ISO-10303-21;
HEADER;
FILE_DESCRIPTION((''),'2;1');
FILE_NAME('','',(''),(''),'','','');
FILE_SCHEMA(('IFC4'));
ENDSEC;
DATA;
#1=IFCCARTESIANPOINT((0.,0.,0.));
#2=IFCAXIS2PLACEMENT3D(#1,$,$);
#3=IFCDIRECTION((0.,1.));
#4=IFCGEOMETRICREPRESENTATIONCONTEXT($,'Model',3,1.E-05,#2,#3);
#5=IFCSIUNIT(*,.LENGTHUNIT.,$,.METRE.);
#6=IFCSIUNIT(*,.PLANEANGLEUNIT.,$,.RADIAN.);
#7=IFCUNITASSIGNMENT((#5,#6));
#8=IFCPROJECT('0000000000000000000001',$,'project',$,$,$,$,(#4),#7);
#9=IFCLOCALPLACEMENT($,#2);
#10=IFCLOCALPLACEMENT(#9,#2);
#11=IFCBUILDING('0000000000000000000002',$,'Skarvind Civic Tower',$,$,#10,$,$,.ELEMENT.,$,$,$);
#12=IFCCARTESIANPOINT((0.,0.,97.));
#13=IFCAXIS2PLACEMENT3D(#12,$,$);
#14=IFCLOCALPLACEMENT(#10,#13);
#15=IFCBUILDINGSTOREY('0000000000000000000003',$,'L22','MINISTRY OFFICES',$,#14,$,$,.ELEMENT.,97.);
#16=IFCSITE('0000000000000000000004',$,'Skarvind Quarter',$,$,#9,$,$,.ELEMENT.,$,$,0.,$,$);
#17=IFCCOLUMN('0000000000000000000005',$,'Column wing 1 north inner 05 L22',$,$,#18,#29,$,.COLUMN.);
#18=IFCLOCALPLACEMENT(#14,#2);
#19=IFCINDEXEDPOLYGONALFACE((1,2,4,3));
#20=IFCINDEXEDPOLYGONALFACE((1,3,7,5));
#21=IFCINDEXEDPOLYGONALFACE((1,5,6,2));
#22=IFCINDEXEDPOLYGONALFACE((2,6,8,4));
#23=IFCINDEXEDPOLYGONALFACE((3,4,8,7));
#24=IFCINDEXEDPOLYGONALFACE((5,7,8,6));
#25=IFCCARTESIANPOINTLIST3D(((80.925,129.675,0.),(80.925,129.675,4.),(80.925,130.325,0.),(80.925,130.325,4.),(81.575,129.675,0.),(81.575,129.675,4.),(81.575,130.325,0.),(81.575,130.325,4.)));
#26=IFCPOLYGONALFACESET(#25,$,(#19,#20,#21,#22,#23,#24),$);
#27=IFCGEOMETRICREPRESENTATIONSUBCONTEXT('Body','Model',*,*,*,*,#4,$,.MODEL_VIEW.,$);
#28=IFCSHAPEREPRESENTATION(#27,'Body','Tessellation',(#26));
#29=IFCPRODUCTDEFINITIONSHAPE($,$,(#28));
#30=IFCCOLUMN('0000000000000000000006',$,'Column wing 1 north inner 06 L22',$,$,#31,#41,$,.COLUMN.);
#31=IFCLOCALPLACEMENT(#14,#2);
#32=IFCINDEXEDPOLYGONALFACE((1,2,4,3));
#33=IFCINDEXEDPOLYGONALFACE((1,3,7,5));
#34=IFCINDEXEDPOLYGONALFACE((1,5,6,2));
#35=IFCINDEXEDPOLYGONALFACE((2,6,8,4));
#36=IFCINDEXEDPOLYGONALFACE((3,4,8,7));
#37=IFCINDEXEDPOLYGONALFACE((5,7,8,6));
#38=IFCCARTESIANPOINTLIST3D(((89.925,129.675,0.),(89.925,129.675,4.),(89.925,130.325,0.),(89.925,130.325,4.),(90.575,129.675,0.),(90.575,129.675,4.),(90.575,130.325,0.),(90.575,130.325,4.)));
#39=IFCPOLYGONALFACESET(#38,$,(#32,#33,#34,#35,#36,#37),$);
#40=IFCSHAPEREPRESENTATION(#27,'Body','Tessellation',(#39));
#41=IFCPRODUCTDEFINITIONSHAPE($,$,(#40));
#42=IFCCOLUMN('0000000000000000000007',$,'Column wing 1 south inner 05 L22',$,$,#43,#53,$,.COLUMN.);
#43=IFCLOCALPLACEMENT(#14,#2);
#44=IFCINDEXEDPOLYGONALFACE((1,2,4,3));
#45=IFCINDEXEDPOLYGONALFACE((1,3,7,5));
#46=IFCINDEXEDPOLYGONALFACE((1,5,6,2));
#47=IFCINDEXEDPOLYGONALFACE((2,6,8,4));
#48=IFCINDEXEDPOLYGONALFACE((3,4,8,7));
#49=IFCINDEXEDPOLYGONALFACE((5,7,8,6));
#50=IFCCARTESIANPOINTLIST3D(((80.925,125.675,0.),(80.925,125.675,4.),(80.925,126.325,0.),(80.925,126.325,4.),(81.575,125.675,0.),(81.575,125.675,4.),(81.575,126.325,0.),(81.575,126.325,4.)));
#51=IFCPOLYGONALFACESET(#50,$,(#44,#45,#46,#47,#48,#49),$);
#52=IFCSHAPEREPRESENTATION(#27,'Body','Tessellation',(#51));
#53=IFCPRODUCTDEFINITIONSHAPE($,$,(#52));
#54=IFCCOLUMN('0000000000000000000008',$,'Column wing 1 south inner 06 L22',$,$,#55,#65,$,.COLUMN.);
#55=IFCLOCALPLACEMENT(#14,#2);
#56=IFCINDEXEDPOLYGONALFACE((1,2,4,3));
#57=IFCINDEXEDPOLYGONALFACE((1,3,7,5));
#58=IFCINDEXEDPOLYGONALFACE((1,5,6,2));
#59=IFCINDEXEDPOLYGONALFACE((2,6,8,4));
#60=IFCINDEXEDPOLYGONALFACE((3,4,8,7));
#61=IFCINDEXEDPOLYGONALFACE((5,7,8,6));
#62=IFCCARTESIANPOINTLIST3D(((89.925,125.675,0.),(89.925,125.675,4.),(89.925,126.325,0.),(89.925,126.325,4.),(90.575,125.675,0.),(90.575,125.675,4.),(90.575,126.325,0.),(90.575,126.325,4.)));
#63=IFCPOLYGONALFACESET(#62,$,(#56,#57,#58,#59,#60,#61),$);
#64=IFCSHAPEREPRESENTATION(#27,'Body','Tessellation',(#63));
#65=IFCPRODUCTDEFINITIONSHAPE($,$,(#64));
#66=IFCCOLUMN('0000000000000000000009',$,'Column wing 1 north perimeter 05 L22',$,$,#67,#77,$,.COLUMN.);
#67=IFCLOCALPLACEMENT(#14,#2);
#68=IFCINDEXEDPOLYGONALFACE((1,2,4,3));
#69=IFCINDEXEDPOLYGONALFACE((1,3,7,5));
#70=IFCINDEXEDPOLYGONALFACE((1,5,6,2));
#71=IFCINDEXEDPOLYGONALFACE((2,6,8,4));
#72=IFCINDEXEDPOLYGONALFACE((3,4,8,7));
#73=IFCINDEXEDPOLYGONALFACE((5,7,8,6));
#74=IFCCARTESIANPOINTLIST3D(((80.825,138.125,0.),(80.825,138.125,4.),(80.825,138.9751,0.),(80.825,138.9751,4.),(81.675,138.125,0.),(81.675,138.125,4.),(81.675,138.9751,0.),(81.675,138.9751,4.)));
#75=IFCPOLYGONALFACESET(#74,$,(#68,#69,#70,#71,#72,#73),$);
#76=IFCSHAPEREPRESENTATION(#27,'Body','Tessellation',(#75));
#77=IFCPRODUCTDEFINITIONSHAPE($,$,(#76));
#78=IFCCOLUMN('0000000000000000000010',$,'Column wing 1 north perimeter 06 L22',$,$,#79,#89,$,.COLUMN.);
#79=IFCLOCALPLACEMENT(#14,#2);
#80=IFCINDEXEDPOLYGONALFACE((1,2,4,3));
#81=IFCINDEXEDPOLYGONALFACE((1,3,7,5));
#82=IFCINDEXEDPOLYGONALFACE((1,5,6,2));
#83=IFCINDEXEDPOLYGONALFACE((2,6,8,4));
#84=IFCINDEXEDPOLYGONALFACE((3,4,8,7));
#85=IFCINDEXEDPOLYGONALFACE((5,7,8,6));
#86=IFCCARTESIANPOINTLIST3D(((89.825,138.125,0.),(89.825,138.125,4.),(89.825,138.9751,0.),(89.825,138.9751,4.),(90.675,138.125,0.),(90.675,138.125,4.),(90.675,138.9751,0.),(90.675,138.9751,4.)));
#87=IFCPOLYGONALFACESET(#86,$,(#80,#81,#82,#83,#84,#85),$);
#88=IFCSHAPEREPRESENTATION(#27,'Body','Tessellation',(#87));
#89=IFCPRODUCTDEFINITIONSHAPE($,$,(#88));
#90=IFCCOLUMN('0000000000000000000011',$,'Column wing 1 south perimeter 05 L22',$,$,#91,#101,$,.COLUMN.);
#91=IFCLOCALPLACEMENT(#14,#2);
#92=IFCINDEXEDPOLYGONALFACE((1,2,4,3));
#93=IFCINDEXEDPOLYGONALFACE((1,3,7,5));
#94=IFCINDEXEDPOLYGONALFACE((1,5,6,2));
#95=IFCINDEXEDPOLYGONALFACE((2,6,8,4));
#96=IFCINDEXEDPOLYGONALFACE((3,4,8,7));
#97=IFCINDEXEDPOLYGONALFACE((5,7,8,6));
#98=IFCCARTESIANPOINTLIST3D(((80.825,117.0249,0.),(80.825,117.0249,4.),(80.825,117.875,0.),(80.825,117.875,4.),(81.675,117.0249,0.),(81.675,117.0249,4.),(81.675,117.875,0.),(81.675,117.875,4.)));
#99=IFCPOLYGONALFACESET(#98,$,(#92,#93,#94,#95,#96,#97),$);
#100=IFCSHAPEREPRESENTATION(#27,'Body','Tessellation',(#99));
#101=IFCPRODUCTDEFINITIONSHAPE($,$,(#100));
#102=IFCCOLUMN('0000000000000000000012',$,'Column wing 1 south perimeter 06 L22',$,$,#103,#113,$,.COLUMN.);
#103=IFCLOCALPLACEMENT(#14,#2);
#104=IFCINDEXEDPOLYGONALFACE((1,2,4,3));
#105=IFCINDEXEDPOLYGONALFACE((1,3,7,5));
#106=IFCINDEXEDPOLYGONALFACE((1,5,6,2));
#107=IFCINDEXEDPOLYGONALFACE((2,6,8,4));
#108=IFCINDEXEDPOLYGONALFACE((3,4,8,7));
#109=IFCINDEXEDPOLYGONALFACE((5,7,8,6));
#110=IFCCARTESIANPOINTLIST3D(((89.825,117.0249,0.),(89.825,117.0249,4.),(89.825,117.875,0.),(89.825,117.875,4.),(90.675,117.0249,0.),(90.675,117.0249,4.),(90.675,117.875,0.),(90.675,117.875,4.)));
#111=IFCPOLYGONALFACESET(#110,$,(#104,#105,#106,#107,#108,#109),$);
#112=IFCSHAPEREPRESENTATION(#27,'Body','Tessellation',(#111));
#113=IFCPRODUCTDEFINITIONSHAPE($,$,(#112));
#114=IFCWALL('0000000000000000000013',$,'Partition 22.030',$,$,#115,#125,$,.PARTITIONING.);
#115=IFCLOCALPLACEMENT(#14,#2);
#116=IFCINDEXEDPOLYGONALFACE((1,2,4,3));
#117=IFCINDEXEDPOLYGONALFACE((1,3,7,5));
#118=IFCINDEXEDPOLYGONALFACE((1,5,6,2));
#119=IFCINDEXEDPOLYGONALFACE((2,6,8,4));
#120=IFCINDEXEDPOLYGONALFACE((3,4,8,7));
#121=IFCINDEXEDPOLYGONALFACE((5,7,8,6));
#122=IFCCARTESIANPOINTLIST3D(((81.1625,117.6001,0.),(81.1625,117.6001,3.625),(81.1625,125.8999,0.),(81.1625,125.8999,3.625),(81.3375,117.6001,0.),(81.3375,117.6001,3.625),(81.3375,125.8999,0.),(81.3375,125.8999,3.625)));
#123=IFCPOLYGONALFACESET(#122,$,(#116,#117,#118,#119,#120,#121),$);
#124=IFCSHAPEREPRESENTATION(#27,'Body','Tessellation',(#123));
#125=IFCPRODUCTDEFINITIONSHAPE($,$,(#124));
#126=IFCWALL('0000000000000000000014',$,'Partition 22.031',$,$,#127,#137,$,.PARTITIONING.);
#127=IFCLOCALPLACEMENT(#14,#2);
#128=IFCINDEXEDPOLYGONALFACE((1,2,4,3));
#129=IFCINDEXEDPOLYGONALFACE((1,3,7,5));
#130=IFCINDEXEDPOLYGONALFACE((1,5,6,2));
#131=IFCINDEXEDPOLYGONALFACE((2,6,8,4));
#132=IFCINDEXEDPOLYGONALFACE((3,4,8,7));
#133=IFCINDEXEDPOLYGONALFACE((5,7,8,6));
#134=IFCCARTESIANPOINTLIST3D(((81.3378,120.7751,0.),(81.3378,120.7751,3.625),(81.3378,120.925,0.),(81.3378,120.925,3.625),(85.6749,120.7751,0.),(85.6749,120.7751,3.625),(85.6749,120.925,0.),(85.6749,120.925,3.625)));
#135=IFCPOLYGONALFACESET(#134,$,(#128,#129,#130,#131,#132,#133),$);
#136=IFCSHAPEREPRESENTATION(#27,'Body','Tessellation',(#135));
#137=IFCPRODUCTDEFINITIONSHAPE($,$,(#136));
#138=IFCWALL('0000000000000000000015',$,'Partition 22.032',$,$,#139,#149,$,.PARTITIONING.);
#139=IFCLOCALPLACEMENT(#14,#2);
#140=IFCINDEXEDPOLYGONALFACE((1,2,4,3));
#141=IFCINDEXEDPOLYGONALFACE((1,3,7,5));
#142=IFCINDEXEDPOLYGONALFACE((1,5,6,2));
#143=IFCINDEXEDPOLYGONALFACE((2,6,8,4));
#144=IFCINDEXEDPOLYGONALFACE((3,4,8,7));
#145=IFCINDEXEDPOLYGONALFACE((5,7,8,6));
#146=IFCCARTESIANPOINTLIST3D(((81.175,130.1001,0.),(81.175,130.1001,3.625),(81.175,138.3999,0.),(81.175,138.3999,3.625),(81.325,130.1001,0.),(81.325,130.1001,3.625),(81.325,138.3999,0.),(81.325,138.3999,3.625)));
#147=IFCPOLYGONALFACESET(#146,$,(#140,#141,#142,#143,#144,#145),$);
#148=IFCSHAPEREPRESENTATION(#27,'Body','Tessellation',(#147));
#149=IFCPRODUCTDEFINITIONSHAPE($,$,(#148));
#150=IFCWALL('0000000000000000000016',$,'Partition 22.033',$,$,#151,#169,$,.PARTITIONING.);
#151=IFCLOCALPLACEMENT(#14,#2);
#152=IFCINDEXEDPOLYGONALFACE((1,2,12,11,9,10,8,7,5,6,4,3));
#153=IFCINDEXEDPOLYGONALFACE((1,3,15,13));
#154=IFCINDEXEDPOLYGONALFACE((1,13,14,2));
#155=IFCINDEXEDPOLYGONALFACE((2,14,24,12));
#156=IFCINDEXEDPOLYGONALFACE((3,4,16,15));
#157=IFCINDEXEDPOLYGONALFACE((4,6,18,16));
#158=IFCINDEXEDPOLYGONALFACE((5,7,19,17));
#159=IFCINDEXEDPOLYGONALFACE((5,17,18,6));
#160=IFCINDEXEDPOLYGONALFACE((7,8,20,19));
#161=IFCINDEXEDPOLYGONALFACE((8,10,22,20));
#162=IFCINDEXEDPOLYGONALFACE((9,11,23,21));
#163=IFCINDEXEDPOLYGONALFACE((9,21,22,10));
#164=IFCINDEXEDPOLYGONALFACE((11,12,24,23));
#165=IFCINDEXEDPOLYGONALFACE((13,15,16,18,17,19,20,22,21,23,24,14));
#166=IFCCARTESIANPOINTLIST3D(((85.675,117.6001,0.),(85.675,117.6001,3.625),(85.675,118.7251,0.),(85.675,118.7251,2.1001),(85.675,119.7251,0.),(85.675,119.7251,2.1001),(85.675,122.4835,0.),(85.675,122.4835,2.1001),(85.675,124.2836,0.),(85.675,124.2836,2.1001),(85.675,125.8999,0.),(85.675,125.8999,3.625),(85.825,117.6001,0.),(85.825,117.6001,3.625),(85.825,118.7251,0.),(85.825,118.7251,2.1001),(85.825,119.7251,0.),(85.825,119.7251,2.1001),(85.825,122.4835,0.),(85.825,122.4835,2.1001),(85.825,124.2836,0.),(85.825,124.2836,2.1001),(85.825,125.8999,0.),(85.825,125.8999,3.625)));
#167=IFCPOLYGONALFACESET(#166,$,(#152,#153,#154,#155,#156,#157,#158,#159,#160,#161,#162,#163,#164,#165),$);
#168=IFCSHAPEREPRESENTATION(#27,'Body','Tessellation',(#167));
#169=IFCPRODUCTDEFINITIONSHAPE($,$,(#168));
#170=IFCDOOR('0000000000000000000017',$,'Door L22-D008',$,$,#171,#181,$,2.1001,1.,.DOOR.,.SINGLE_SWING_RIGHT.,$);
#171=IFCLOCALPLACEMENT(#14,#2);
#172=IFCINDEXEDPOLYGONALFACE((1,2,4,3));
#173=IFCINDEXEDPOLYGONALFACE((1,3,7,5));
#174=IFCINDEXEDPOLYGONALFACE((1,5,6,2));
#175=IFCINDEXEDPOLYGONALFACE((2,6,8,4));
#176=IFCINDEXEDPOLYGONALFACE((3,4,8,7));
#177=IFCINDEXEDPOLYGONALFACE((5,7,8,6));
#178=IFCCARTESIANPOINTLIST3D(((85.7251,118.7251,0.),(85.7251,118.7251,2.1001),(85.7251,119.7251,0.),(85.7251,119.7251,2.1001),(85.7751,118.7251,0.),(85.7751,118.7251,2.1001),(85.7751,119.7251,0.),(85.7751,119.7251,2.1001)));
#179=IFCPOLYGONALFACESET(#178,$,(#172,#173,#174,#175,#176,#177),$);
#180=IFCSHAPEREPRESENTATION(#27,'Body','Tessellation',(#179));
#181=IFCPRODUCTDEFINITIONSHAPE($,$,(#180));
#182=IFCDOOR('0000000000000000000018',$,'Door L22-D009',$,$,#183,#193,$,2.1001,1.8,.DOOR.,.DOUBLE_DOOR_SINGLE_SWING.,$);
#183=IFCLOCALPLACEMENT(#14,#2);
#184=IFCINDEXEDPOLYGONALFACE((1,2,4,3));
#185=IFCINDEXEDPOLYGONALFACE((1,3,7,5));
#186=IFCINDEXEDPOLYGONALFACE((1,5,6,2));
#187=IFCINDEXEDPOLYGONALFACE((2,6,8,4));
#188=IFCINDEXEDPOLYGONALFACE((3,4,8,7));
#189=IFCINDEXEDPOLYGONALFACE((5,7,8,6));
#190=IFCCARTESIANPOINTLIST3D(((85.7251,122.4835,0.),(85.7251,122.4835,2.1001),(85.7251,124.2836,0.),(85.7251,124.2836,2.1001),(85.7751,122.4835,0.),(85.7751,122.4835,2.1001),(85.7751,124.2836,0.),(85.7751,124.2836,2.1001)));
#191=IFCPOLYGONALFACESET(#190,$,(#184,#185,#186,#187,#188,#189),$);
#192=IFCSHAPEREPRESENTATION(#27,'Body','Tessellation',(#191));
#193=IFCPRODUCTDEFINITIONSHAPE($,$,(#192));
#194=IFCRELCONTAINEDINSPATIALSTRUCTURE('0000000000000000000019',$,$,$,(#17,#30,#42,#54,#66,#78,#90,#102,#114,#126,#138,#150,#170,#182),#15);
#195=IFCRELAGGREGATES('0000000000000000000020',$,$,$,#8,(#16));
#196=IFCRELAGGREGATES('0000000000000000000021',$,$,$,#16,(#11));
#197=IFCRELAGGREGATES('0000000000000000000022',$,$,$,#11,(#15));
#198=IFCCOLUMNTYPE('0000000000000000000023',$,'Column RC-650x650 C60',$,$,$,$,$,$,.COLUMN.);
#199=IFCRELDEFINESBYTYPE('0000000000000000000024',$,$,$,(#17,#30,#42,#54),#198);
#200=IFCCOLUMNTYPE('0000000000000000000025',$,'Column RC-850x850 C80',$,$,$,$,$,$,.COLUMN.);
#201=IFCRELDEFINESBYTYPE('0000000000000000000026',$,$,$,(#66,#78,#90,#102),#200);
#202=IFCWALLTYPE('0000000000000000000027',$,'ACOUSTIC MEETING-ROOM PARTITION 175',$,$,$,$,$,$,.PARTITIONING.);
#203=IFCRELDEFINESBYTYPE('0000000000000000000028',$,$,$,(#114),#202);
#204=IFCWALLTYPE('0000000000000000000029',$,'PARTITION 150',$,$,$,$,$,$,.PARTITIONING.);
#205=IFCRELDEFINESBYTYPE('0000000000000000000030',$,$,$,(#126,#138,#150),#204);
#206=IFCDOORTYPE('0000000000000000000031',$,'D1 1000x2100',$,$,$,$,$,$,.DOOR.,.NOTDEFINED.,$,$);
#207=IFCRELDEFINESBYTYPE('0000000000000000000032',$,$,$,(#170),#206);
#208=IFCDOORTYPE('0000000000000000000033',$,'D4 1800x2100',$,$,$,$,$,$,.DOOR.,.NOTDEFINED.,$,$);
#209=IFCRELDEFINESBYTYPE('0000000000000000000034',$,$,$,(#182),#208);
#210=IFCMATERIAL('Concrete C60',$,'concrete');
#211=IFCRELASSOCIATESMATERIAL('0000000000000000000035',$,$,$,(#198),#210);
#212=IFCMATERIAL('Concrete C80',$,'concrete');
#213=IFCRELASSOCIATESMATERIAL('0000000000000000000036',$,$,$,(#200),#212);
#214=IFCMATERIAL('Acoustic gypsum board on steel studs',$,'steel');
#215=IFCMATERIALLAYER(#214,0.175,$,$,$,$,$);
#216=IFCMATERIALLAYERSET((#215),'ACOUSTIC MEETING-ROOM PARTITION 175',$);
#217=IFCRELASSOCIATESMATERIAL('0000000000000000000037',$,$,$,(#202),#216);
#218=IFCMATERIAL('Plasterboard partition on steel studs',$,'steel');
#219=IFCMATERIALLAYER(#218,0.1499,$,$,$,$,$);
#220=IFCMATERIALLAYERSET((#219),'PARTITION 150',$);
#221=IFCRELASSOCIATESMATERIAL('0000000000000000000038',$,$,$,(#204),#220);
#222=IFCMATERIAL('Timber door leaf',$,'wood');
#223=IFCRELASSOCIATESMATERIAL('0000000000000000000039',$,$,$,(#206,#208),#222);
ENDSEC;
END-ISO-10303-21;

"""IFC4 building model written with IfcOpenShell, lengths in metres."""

from ifc_helpers import new_model, si_unit, direction, frame, frame_2d, origin, origin_2d, place, context, subcontext, project, spatial, rectangle, extrude, material, layer, layer_set, material_profile, profile_set, type_object, element, fill, save


model = new_model("IFC4")

# Units and contexts
model_context = context("Model", 3, precision=1e-05, world=origin(), true_north=direction((0.0, 1.0)))
body_context = subcontext(model_context, "Body", "Model", "MODEL_VIEW")
ifc_project = project(units=[si_unit("LENGTHUNIT", "METRE"), si_unit("PLANEANGLEUNIT", "RADIAN")], contexts=[model_context])

# Site, building, storey
site_placement = place(None, origin())
site = spatial("IfcSite", under=ifc_project, at=site_placement, Name="Skarvind Quarter", CompositionType="ELEMENT", RefElevation=0.0)
building_placement = place(site_placement, origin())
building = spatial("IfcBuilding", under=site, at=building_placement, Name="Skarvind Civic Tower", CompositionType="ELEMENT")
storey_placement = place(building_placement, frame((0.0, 0.0, 97.0)))
storey = spatial("IfcBuildingStorey", under=building, at=storey_placement, Name="L22", Description="MINISTRY OFFICES", CompositionType="ELEMENT", Elevation=97.0)

# Columns
ifc_material_1 = material(Name="Concrete C60", Category="concrete")
ifc_material_profile_1 = material_profile(ifc_material_1, rectangle(XDim=0.6499, YDim=0.6499, at=origin_2d()), Name="RC-650x650")
ifc_profile_set_1 = profile_set([ifc_material_profile_1], Name="Concrete C60")
column_type_1 = type_object("IfcColumnType", Name="Column RC-650x650 C60", PredefinedType="COLUMN", material=ifc_profile_set_1)
for number, where, z_axis, x_axis, name in (
    (1, (81.25, 130.0, 0.0), (0.0, 0.0, 1.0), (1.0, 0.0, 0.0), "Column wing 1 north inner 05 L22"),
    (2, (90.25, 130.0, 0.0), (0.0, 0.0, 1.0), (1.0, 0.0, 0.0), "Column wing 1 north inner 06 L22"),
    (3, (81.25, 126.0, 0.0), (0.0, 0.0, 1.0), (1.0, 0.0, 0.0), "Column wing 1 south inner 05 L22"),
    (4, (90.25, 126.0, 0.0), (0.0, 0.0, 1.0), (1.0, 0.0, 0.0), "Column wing 1 south inner 06 L22"),
):
    element("IfcColumn", number, at=place(storey_placement, frame(where, z_axis=z_axis, x_axis=x_axis)), inside=storey, type_object=column_type_1, Name=name, PredefinedType="COLUMN", context=body_context, shape_type="SweptSolid", body=[
        extrude(rectangle(XDim=0.6499, YDim=0.6499, at=origin_2d()), origin(), (0.0, 0.0, 1.0), 4.0),
    ])
ifc_material_2 = material(Name="Concrete C80", Category="concrete")
ifc_material_profile_2 = material_profile(ifc_material_2, rectangle(XDim=0.8501, YDim=0.8501, at=origin_2d()), Name="RC-850x850")
ifc_profile_set_2 = profile_set([ifc_material_profile_2], Name="Concrete C80")
column_type_2 = type_object("IfcColumnType", Name="Column RC-850x850 C80", PredefinedType="COLUMN", material=ifc_profile_set_2)
for number, where, z_axis, x_axis, name in (
    (5, (81.25, 138.55, 0.0), (0.0, 0.0, 1.0), (1.0, 0.0, 0.0), "Column wing 1 north perimeter 05 L22"),
    (6, (90.25, 138.55, 0.0), (0.0, 0.0, 1.0), (1.0, 0.0, 0.0), "Column wing 1 north perimeter 06 L22"),
    (7, (81.25, 117.45, 0.0), (0.0, 0.0, 1.0), (1.0, 0.0, 0.0), "Column wing 1 south perimeter 05 L22"),
    (8, (90.25, 117.45, 0.0), (0.0, 0.0, 1.0), (1.0, 0.0, 0.0), "Column wing 1 south perimeter 06 L22"),
):
    element("IfcColumn", number, at=place(storey_placement, frame(where, z_axis=z_axis, x_axis=x_axis)), inside=storey, type_object=column_type_2, Name=name, PredefinedType="COLUMN", context=body_context, shape_type="SweptSolid", body=[
        extrude(rectangle(XDim=0.8501, YDim=0.8501, at=origin_2d()), origin(), (0.0, 0.0, 1.0), 4.0),
    ])

# Walls
ifc_material_3 = material(Name="Acoustic gypsum board on steel studs", Category="steel")
ifc_layer_1 = layer(ifc_material_3, 0.175)
ifc_layer_set_1 = layer_set([ifc_layer_1], Name="ACOUSTIC MEETING-ROOM PARTITION 175")
wall_type_1 = type_object("IfcWallType", Name="ACOUSTIC MEETING-ROOM PARTITION 175", PredefinedType="PARTITIONING", material=ifc_layer_set_1)
wall_1_placement = place(storey_placement, frame((81.25, 117.6001, 0.0), z_axis=(0.0, 0.0, 1.0), x_axis=(0.0, 1.0, 0.0)))
element("IfcWall", 9, at=wall_1_placement, inside=storey, type_object=wall_type_1, Name="Partition 22.030", PredefinedType="PARTITIONING", context=body_context, shape_type="SweptSolid", body=[
    extrude(rectangle(XDim=8.2998, YDim=0.175, at=frame_2d((4.1499, 0.0))), origin(), (0.0, 0.0, 1.0), 3.625),
])
ifc_material_4 = material(Name="Plasterboard partition on steel studs", Category="steel")
ifc_layer_2 = layer(ifc_material_4, 0.1499)
ifc_layer_set_2 = layer_set([ifc_layer_2], Name="PARTITION 150")
wall_type_2 = type_object("IfcWallType", Name="PARTITION 150", PredefinedType="PARTITIONING", material=ifc_layer_set_2)
wall_2_placement = place(storey_placement, frame((81.3379, 120.8501, 0.0), z_axis=(0.0, 0.0, 1.0), x_axis=(1.0, 0.0, 0.0)))
element("IfcWall", 10, at=wall_2_placement, inside=storey, type_object=wall_type_2, Name="Partition 22.031", PredefinedType="PARTITIONING", context=body_context, shape_type="SweptSolid", body=[
    extrude(rectangle(XDim=4.3372, YDim=0.1499, at=frame_2d((2.1685, 0.0))), origin(), (0.0, 0.0, 1.0), 3.625),
])
wall_3_placement = place(storey_placement, frame((81.25, 130.1001, 0.0), z_axis=(0.0, 0.0, 1.0), x_axis=(0.0, 1.0, 0.0)))
element("IfcWall", 11, at=wall_3_placement, inside=storey, type_object=wall_type_2, Name="Partition 22.032", PredefinedType="PARTITIONING", context=body_context, shape_type="SweptSolid", body=[
    extrude(rectangle(XDim=8.2998, YDim=0.1499, at=frame_2d((4.1499, 0.0))), origin(), (0.0, 0.0, 1.0), 3.625),
])

# Wall, openings, doors
wall_4_placement = place(storey_placement, frame((85.75, 117.6001, 0.0), z_axis=(0.0, 0.0, 1.0), x_axis=(0.0, 1.0, 0.0)))
wall_4 = element("IfcWall", 12, at=wall_4_placement, inside=storey, type_object=wall_type_2, Name="Partition 22.033", PredefinedType="PARTITIONING", context=body_context, shape_type="SweptSolid", body=[
    extrude(rectangle(XDim=8.2998, YDim=0.1499, at=frame_2d((4.1499, 0.0))), origin(), (0.0, 0.0, 1.0), 3.625),
])
opening_1_placement = place(wall_4_placement, frame((1.125, 0.0, 0.0)))
opening_1 = element("IfcOpeningElement", 13, at=opening_1_placement, cuts=wall_4, PredefinedType="OPENING", context=body_context, shape_type="SweptSolid", body=[
    extrude(rectangle(XDim=1.0, YDim=2.1001, at=frame_2d((0.5, 1.05))), frame((0.0, 0.085, 0.0), z_axis=(0.0, -1.0, 0.0), x_axis=(1.0, 0.0, 0.0)), (0.0, 0.0, 1.0), 0.1699),
])
opening_2_placement = place(wall_4_placement, frame((4.8835, 0.0, 0.0)))
opening_2 = element("IfcOpeningElement", 14, at=opening_2_placement, cuts=wall_4, PredefinedType="OPENING", context=body_context, shape_type="SweptSolid", body=[
    extrude(rectangle(XDim=1.8, YDim=2.1001, at=frame_2d((0.8999, 1.05))), frame((0.0, 0.085, 0.0), z_axis=(0.0, -1.0, 0.0), x_axis=(1.0, 0.0, 0.0)), (0.0, 0.0, 1.0), 0.1699),
])
ifc_material_5 = material(Name="Timber door leaf", Category="wood")
door_type_1 = type_object("IfcDoorType", Name="D1 1000x2100", OperationType="NOTDEFINED", PredefinedType="DOOR", material=ifc_material_5)
door_1_placement = place(opening_1_placement, origin())
door_1 = element("IfcDoor", 15, at=door_1_placement, inside=storey, type_object=door_type_1, Name="Door L22-D008", OperationType="SINGLE_SWING_RIGHT", OverallHeight=2.1001, OverallWidth=1.0, PredefinedType="DOOR", context=body_context, shape_type="SweptSolid", body=[
    extrude(rectangle(XDim=1.0, YDim=2.1001, at=frame_2d((0.5, 1.05))), frame((0.0, 0.0249, 0.0), z_axis=(0.0, -1.0, 0.0), x_axis=(1.0, 0.0, 0.0)), (0.0, 0.0, 1.0), 0.05),
])
fill(opening_1, door_1)
door_type_2 = type_object("IfcDoorType", Name="D4 1800x2100", OperationType="NOTDEFINED", PredefinedType="DOOR", material=ifc_material_5)
door_2_placement = place(opening_2_placement, origin())
door_2 = element("IfcDoor", 16, at=door_2_placement, inside=storey, type_object=door_type_2, Name="Door L22-D009", OperationType="DOUBLE_DOOR_SINGLE_SWING", OverallHeight=2.1001, OverallWidth=1.8, PredefinedType="DOOR", context=body_context, shape_type="SweptSolid", body=[
    extrude(rectangle(XDim=1.8, YDim=2.1001, at=frame_2d((0.8999, 1.05))), frame((0.0, 0.0249, 0.0), z_axis=(0.0, -1.0, 0.0), x_axis=(1.0, 0.0, 0.0)), (0.0, 0.0, 1.0), 0.05),
])
fill(opening_2, door_2)

save(model, "model.ifc")
